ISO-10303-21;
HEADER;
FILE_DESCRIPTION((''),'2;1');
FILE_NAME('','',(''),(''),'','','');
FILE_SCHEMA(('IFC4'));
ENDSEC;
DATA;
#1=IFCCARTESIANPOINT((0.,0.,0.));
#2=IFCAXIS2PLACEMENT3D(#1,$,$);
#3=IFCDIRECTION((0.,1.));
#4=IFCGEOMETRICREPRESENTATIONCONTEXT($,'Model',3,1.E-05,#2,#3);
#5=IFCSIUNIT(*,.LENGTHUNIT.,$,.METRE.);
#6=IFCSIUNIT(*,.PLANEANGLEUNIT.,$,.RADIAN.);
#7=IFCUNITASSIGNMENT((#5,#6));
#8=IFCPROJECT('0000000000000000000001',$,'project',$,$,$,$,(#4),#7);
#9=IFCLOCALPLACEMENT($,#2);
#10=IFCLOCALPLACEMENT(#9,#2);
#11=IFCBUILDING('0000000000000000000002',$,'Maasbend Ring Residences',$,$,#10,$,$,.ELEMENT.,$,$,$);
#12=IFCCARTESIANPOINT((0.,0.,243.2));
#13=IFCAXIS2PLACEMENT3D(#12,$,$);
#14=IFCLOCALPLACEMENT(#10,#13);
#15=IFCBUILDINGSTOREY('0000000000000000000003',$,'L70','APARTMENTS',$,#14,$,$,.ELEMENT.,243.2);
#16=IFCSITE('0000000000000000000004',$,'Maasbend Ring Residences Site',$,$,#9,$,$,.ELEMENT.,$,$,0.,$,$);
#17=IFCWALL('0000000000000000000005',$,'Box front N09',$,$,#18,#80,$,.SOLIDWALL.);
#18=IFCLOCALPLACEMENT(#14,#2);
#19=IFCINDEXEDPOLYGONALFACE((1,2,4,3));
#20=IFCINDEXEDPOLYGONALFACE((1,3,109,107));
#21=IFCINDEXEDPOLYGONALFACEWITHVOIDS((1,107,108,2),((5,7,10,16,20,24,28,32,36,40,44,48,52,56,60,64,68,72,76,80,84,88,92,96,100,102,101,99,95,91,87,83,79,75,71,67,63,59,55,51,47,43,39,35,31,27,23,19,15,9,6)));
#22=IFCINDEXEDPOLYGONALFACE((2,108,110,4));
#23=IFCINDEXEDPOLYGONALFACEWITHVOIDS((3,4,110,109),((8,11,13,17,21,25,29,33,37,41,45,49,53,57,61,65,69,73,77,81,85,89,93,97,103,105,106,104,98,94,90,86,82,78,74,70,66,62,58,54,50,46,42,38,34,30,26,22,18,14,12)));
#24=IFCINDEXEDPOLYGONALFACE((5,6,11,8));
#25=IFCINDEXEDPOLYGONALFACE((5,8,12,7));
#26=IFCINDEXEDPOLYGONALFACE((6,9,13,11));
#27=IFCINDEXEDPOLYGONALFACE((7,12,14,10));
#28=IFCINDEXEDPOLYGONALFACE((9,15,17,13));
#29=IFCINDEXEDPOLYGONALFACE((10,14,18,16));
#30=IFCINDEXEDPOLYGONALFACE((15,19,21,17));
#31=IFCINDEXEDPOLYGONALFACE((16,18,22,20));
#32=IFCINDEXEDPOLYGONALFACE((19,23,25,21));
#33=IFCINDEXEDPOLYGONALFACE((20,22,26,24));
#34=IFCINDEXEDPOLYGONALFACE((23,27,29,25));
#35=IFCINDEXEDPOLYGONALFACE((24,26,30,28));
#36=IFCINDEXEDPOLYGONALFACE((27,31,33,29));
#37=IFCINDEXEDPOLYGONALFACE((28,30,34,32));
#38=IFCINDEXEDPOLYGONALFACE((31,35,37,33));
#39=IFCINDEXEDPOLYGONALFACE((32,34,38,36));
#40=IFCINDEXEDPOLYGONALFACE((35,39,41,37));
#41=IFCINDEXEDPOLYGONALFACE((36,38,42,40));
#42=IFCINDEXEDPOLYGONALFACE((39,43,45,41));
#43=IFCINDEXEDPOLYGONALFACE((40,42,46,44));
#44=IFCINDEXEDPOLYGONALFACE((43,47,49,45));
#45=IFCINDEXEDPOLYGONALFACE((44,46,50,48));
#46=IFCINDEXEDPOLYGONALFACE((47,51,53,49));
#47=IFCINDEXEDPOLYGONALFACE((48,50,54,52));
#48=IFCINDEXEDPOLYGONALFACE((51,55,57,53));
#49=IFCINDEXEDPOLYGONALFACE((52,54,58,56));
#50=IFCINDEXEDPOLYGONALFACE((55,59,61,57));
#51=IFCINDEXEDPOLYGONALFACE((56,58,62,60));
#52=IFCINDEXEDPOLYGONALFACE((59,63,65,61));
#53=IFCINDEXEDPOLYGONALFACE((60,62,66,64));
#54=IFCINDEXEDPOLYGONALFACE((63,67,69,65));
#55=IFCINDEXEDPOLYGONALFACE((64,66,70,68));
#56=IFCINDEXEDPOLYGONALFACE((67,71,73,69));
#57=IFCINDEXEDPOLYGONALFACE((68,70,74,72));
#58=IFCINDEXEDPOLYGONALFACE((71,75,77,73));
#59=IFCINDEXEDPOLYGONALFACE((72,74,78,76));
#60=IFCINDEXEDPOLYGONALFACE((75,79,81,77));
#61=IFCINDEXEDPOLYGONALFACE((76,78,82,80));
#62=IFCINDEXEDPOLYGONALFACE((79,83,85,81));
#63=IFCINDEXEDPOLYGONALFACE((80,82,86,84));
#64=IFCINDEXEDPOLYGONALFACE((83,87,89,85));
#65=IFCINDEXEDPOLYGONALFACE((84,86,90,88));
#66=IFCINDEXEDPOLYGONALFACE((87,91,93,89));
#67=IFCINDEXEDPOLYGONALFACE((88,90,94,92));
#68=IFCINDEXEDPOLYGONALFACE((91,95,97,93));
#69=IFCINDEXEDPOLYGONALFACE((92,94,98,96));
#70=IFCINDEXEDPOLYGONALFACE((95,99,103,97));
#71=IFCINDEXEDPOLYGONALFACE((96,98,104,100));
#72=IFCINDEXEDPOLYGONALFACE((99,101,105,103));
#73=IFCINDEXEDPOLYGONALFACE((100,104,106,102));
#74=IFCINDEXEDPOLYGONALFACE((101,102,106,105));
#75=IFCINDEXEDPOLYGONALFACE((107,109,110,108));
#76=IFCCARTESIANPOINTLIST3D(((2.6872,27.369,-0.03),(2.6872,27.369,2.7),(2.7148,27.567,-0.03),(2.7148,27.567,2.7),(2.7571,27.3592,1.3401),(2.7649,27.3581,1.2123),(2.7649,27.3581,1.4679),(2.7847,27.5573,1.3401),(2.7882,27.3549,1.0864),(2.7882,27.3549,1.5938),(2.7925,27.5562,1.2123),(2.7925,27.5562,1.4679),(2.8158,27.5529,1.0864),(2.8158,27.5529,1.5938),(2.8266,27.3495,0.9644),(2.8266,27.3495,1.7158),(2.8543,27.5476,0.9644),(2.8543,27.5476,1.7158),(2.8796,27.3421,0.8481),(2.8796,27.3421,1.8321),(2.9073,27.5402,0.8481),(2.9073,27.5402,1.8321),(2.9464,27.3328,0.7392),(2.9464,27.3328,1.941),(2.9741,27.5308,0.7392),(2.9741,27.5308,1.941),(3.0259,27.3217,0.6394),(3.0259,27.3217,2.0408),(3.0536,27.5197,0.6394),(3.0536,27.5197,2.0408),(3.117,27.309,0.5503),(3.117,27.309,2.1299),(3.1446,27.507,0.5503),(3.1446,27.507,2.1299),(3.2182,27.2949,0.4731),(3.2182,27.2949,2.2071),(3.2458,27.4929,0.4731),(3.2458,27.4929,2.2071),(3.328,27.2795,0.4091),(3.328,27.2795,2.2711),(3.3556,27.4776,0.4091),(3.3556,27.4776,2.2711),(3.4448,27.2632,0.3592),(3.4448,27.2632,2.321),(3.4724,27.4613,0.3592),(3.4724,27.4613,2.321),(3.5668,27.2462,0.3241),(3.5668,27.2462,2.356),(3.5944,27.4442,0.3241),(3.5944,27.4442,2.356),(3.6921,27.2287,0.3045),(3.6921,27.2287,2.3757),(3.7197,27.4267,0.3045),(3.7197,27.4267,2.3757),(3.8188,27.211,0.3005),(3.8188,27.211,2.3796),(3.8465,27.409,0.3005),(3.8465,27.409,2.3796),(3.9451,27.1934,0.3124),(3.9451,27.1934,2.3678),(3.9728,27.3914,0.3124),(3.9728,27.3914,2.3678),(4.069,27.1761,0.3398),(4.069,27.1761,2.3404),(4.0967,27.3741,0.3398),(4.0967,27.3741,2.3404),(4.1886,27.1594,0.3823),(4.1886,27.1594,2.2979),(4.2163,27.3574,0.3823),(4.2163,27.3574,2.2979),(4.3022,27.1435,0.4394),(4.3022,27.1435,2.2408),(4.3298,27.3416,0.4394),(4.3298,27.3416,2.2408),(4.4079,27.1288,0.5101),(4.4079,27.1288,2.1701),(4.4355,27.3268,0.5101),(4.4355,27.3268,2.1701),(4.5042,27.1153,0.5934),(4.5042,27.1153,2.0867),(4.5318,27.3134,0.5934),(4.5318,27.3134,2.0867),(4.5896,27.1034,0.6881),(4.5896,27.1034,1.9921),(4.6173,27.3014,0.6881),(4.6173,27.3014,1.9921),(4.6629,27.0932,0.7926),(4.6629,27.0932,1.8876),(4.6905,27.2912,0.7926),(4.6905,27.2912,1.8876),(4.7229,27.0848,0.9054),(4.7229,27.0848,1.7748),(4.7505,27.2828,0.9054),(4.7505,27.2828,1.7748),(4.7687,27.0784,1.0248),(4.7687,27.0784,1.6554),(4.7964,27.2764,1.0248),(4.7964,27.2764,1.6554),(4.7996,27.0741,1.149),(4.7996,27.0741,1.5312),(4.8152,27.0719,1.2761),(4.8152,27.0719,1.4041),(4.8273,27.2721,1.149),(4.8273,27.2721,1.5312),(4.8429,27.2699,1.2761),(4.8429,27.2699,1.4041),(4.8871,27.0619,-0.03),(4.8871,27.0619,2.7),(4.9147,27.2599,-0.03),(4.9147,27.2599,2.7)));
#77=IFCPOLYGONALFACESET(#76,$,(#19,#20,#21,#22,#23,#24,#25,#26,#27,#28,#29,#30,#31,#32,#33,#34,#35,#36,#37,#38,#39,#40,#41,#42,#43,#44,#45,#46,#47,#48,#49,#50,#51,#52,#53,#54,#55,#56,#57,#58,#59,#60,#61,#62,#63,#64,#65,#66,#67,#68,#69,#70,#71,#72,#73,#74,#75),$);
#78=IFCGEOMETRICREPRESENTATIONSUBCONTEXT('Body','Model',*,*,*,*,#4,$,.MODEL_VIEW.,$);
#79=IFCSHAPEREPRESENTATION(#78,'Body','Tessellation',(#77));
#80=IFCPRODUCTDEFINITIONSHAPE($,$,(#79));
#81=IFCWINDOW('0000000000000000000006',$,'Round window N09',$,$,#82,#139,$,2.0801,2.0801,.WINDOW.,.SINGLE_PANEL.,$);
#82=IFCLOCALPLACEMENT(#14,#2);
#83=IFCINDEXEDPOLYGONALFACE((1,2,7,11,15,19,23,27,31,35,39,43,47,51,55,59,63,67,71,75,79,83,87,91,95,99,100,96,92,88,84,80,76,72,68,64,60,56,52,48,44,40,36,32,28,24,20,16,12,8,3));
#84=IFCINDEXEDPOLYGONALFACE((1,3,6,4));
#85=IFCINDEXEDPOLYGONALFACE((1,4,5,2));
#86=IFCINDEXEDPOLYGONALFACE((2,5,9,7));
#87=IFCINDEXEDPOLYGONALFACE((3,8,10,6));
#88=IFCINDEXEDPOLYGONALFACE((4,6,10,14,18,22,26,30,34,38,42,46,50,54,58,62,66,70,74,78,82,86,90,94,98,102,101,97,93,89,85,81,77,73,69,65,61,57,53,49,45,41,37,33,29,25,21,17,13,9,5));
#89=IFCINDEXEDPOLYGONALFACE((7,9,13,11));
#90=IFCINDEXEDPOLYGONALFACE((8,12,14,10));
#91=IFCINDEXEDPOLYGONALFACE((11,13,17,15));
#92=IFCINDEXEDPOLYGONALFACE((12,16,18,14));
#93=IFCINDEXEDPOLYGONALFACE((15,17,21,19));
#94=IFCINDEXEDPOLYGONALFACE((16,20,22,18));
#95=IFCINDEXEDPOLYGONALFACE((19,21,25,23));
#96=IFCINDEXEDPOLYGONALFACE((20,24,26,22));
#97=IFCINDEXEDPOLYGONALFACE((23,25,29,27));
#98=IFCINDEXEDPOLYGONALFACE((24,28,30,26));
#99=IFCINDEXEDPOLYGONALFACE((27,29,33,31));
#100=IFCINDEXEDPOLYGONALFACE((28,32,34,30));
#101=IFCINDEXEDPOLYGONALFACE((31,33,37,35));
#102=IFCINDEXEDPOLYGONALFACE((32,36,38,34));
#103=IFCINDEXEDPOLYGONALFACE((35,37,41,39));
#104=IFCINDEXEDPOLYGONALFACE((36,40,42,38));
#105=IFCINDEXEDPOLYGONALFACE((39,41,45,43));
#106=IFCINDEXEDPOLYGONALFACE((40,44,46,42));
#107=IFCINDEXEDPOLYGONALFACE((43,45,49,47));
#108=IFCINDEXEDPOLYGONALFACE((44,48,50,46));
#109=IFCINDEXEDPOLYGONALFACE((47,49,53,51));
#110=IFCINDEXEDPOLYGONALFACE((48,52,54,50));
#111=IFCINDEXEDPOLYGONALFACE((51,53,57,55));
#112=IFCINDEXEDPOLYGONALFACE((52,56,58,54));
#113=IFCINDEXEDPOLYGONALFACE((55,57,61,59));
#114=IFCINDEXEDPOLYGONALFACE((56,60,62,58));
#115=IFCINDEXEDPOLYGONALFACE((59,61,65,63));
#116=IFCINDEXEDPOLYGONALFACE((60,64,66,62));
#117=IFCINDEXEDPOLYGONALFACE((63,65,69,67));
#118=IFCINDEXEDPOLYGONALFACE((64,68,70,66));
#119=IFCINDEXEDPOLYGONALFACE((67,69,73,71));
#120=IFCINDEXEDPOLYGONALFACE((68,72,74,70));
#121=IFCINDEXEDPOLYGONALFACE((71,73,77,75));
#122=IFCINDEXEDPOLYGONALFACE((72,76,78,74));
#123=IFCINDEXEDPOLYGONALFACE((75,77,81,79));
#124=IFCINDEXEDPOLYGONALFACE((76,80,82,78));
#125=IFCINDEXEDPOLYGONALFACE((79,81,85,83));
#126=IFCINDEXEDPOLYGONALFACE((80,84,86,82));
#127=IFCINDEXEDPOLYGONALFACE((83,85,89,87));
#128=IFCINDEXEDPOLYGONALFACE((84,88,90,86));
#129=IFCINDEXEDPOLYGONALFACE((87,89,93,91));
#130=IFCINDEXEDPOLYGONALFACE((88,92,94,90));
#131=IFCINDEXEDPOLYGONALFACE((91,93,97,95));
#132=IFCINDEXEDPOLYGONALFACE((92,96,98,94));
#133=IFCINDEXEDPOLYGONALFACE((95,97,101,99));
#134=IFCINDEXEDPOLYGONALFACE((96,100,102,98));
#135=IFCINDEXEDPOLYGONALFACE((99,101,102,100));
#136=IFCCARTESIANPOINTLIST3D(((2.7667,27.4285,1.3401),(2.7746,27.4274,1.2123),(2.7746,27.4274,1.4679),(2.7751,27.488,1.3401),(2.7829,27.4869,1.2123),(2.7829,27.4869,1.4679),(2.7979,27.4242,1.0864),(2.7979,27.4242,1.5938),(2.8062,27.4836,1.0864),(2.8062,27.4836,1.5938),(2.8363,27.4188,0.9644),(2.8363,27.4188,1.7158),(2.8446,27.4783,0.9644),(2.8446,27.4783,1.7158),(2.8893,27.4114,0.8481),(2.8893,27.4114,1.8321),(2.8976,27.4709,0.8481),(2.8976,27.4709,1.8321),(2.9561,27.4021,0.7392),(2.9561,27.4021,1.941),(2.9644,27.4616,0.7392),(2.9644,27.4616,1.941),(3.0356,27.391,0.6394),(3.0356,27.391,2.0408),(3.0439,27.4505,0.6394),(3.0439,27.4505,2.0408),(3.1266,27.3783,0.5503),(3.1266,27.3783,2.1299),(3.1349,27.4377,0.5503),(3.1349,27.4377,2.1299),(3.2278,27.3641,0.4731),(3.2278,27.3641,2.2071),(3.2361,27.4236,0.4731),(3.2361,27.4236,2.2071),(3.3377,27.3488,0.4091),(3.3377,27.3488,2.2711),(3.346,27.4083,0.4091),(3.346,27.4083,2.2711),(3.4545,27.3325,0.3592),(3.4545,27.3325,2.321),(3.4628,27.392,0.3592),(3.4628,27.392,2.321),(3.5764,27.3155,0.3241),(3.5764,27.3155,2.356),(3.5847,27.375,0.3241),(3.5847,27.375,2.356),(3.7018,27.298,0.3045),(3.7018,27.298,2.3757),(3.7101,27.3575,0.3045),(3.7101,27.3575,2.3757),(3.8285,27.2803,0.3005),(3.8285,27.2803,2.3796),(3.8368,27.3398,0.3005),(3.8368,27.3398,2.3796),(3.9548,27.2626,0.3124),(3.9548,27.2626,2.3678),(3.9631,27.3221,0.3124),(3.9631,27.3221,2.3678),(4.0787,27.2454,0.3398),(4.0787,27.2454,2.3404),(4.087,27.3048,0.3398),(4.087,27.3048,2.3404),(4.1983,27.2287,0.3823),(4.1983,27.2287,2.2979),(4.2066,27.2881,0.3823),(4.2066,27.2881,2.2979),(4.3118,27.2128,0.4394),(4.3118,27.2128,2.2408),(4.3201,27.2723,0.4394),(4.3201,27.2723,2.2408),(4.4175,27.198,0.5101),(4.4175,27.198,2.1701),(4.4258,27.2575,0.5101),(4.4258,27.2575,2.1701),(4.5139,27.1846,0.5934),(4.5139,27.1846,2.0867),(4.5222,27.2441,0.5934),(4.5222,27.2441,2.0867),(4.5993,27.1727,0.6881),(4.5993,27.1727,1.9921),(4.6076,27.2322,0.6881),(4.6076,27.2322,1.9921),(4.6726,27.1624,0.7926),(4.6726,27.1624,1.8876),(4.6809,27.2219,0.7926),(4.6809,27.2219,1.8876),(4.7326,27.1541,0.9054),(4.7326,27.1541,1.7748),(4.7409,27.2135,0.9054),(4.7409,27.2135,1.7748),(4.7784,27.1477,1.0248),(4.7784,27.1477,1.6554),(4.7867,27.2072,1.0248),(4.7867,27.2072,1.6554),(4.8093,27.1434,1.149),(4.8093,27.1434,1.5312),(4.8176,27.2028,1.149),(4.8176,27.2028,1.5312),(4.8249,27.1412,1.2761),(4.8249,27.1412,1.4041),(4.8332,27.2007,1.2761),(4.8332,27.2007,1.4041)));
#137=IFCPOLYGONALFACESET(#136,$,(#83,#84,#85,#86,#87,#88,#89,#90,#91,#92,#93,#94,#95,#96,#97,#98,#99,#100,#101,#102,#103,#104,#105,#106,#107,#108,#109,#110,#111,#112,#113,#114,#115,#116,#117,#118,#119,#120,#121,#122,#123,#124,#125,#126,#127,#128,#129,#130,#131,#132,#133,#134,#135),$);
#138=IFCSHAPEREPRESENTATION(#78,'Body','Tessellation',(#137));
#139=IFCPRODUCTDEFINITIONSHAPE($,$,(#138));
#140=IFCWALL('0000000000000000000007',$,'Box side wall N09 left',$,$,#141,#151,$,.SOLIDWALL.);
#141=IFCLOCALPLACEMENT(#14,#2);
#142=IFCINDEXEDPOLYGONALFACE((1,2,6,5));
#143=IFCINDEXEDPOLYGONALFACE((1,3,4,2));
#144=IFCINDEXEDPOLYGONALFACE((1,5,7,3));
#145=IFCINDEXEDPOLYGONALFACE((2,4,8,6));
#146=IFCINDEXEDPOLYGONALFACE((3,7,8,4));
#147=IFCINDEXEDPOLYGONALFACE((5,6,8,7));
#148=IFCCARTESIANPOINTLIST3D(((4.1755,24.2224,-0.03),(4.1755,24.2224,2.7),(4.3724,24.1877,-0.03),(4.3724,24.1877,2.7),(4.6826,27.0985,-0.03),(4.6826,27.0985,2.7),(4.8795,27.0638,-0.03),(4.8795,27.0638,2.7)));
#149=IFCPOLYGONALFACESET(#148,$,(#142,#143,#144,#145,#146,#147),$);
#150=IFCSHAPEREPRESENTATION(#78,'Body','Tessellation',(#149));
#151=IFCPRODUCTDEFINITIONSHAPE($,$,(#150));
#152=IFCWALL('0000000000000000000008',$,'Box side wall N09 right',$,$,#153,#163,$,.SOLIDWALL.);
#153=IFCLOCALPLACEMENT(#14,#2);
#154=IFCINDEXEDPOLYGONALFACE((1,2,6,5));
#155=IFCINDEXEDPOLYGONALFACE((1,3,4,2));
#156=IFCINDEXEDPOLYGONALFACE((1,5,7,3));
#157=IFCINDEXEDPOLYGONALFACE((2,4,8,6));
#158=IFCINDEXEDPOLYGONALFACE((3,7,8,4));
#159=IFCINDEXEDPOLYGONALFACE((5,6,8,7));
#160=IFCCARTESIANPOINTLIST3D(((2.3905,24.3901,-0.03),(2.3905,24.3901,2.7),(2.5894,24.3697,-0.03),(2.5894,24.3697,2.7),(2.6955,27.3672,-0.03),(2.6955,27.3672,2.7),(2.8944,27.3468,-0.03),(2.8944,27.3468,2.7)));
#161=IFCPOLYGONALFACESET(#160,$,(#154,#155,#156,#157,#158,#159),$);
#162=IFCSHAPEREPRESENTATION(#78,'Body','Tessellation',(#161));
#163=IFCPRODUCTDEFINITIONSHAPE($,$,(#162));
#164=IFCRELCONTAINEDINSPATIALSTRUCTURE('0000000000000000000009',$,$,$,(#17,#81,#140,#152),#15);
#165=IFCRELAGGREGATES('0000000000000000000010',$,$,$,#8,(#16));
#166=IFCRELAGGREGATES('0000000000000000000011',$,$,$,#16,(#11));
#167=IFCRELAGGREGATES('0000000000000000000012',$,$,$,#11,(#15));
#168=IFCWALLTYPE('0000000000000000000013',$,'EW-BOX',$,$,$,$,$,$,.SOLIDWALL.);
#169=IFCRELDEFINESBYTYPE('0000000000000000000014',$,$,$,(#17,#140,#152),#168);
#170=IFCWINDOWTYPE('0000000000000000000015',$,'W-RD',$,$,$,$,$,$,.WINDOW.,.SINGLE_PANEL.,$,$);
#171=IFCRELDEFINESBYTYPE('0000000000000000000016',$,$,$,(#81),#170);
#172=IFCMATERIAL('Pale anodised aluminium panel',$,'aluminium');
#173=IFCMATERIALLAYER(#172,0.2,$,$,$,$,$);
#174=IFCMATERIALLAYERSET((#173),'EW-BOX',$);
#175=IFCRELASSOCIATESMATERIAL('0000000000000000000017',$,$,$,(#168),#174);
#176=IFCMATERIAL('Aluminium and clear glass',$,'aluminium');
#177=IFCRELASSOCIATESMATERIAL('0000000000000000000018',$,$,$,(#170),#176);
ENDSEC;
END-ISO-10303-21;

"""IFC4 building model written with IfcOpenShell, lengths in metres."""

from ifc_helpers import new_model, si_unit, direction, frame, frame_2d, origin, place, context, subcontext, project, spatial, rectangle, circle, extrude, material, layer, layer_set, type_object, element, fill, save


model = new_model("IFC4")

# Units and contexts
model_context = context("Model", 3, precision=1e-05, world=origin(), true_north=direction((0.0, 1.0)))
body_context = subcontext(model_context, "Body", "Model", "MODEL_VIEW")
ifc_project = project(units=[si_unit("LENGTHUNIT", "METRE"), si_unit("PLANEANGLEUNIT", "RADIAN")], contexts=[model_context])

# Site, building, storey
site_placement = place(None, origin())
site = spatial("IfcSite", under=ifc_project, at=site_placement, Name="Maasbend Ring Residences Site", CompositionType="ELEMENT", RefElevation=0.0)
building_placement = place(site_placement, origin())
building = spatial("IfcBuilding", under=site, at=building_placement, Name="Maasbend Ring Residences", CompositionType="ELEMENT")
storey_placement = place(building_placement, frame((0.0, 0.0, 243.2)))
storey = spatial("IfcBuildingStorey", under=building, at=storey_placement, Name="L70", Description="APARTMENTS", CompositionType="ELEMENT", Elevation=243.2)

# Shared definitions
ifc_material_1 = material(Name="Pale anodised aluminium panel", Category="aluminium")
ifc_layer_1 = layer(ifc_material_1, 0.2)
ifc_layer_set_1 = layer_set([ifc_layer_1], Name="EW-BOX")
wall_type_1 = type_object("IfcWallType", Name="EW-BOX", PredefinedType="SOLIDWALL", material=ifc_layer_set_1)

# Wall, opening, window
wall_1_placement = place(storey_placement, frame((4.9009, 27.1609, -0.03), z_axis=(0.0, 0.0, 1.0), x_axis=(-0.990395, 0.138266, 0.0)))
wall_1 = element("IfcWall", 1, at=wall_1_placement, inside=storey, type_object=wall_type_1, Name="Box front N09", PredefinedType="SOLIDWALL", context=body_context, shape_type="SweptSolid", body=[
    extrude(rectangle(XDim=2.2212, YDim=0.2, at=frame_2d((1.1106, 0.0))), origin(), (0.0, 0.0, 1.0), 2.73),
])
opening_1_placement = place(wall_1_placement, frame((0.0706, 0.0, 0.3301)))
opening_1 = element("IfcOpeningElement", 2, at=opening_1_placement, cuts=wall_1, PredefinedType="OPENING", context=body_context, shape_type="SweptSolid", body=[
    extrude(circle(Radius=1.04, at=frame_2d((1.04, 1.04))), frame((0.0, 0.1099, 0.0), z_axis=(0.0, -1.0, 0.0), x_axis=(1.0, 0.0, 0.0)), (0.0, 0.0, 1.0), 0.22),
])
ifc_material_2 = material(Name="Aluminium and clear glass", Category="aluminium")
window_type_1 = type_object("IfcWindowType", Name="W-RD", PartitioningType="SINGLE_PANEL", PredefinedType="WINDOW", material=ifc_material_2)
window_1_placement = place(opening_1_placement, origin())
window_1 = element("IfcWindow", 3, at=window_1_placement, inside=storey, type_object=window_type_1, Name="Round window N09", OverallHeight=2.0801, OverallWidth=2.0801, PartitioningType="SINGLE_PANEL", PredefinedType="WINDOW", context=body_context, shape_type="SweptSolid", body=[
    extrude(circle(Radius=1.04, at=frame_2d((1.04, 1.04))), frame((0.0, 0.03, 0.0), z_axis=(0.0, -1.0, 0.0), x_axis=(1.0, 0.0, 0.0)), (0.0, 0.0, 1.0), 0.0601),
])
fill(opening_1, window_1)

# Walls
wall_2_placement = place(storey_placement, frame((4.2739, 24.2051, -0.03), z_axis=(0.0, 0.0, 1.0), x_axis=(0.173637, 0.98481, 0.0)))
element("IfcWall", 4, at=wall_2_placement, inside=storey, type_object=wall_type_1, Name="Box side wall N09 left", PredefinedType="SOLIDWALL", context=body_context, shape_type="SweptSolid", body=[
    extrude(rectangle(XDim=2.9204, YDim=0.2, at=frame_2d((1.4602, 0.0))), origin(), (0.0, 0.0, 1.0), 2.73),
])
wall_3_placement = place(storey_placement, frame((2.49, 24.3799, -0.03), z_axis=(0.0, 0.0, 1.0), x_axis=(0.101894, 0.994795, 0.0)))
element("IfcWall", 5, at=wall_3_placement, inside=storey, type_object=wall_type_1, Name="Box side wall N09 right", PredefinedType="SOLIDWALL", context=body_context, shape_type="SweptSolid", body=[
    extrude(rectangle(XDim=2.9927, YDim=0.2, at=frame_2d((1.4963, 0.0))), origin(), (0.0, 0.0, 1.0), 2.73),
])

save(model, "model.ifc")
